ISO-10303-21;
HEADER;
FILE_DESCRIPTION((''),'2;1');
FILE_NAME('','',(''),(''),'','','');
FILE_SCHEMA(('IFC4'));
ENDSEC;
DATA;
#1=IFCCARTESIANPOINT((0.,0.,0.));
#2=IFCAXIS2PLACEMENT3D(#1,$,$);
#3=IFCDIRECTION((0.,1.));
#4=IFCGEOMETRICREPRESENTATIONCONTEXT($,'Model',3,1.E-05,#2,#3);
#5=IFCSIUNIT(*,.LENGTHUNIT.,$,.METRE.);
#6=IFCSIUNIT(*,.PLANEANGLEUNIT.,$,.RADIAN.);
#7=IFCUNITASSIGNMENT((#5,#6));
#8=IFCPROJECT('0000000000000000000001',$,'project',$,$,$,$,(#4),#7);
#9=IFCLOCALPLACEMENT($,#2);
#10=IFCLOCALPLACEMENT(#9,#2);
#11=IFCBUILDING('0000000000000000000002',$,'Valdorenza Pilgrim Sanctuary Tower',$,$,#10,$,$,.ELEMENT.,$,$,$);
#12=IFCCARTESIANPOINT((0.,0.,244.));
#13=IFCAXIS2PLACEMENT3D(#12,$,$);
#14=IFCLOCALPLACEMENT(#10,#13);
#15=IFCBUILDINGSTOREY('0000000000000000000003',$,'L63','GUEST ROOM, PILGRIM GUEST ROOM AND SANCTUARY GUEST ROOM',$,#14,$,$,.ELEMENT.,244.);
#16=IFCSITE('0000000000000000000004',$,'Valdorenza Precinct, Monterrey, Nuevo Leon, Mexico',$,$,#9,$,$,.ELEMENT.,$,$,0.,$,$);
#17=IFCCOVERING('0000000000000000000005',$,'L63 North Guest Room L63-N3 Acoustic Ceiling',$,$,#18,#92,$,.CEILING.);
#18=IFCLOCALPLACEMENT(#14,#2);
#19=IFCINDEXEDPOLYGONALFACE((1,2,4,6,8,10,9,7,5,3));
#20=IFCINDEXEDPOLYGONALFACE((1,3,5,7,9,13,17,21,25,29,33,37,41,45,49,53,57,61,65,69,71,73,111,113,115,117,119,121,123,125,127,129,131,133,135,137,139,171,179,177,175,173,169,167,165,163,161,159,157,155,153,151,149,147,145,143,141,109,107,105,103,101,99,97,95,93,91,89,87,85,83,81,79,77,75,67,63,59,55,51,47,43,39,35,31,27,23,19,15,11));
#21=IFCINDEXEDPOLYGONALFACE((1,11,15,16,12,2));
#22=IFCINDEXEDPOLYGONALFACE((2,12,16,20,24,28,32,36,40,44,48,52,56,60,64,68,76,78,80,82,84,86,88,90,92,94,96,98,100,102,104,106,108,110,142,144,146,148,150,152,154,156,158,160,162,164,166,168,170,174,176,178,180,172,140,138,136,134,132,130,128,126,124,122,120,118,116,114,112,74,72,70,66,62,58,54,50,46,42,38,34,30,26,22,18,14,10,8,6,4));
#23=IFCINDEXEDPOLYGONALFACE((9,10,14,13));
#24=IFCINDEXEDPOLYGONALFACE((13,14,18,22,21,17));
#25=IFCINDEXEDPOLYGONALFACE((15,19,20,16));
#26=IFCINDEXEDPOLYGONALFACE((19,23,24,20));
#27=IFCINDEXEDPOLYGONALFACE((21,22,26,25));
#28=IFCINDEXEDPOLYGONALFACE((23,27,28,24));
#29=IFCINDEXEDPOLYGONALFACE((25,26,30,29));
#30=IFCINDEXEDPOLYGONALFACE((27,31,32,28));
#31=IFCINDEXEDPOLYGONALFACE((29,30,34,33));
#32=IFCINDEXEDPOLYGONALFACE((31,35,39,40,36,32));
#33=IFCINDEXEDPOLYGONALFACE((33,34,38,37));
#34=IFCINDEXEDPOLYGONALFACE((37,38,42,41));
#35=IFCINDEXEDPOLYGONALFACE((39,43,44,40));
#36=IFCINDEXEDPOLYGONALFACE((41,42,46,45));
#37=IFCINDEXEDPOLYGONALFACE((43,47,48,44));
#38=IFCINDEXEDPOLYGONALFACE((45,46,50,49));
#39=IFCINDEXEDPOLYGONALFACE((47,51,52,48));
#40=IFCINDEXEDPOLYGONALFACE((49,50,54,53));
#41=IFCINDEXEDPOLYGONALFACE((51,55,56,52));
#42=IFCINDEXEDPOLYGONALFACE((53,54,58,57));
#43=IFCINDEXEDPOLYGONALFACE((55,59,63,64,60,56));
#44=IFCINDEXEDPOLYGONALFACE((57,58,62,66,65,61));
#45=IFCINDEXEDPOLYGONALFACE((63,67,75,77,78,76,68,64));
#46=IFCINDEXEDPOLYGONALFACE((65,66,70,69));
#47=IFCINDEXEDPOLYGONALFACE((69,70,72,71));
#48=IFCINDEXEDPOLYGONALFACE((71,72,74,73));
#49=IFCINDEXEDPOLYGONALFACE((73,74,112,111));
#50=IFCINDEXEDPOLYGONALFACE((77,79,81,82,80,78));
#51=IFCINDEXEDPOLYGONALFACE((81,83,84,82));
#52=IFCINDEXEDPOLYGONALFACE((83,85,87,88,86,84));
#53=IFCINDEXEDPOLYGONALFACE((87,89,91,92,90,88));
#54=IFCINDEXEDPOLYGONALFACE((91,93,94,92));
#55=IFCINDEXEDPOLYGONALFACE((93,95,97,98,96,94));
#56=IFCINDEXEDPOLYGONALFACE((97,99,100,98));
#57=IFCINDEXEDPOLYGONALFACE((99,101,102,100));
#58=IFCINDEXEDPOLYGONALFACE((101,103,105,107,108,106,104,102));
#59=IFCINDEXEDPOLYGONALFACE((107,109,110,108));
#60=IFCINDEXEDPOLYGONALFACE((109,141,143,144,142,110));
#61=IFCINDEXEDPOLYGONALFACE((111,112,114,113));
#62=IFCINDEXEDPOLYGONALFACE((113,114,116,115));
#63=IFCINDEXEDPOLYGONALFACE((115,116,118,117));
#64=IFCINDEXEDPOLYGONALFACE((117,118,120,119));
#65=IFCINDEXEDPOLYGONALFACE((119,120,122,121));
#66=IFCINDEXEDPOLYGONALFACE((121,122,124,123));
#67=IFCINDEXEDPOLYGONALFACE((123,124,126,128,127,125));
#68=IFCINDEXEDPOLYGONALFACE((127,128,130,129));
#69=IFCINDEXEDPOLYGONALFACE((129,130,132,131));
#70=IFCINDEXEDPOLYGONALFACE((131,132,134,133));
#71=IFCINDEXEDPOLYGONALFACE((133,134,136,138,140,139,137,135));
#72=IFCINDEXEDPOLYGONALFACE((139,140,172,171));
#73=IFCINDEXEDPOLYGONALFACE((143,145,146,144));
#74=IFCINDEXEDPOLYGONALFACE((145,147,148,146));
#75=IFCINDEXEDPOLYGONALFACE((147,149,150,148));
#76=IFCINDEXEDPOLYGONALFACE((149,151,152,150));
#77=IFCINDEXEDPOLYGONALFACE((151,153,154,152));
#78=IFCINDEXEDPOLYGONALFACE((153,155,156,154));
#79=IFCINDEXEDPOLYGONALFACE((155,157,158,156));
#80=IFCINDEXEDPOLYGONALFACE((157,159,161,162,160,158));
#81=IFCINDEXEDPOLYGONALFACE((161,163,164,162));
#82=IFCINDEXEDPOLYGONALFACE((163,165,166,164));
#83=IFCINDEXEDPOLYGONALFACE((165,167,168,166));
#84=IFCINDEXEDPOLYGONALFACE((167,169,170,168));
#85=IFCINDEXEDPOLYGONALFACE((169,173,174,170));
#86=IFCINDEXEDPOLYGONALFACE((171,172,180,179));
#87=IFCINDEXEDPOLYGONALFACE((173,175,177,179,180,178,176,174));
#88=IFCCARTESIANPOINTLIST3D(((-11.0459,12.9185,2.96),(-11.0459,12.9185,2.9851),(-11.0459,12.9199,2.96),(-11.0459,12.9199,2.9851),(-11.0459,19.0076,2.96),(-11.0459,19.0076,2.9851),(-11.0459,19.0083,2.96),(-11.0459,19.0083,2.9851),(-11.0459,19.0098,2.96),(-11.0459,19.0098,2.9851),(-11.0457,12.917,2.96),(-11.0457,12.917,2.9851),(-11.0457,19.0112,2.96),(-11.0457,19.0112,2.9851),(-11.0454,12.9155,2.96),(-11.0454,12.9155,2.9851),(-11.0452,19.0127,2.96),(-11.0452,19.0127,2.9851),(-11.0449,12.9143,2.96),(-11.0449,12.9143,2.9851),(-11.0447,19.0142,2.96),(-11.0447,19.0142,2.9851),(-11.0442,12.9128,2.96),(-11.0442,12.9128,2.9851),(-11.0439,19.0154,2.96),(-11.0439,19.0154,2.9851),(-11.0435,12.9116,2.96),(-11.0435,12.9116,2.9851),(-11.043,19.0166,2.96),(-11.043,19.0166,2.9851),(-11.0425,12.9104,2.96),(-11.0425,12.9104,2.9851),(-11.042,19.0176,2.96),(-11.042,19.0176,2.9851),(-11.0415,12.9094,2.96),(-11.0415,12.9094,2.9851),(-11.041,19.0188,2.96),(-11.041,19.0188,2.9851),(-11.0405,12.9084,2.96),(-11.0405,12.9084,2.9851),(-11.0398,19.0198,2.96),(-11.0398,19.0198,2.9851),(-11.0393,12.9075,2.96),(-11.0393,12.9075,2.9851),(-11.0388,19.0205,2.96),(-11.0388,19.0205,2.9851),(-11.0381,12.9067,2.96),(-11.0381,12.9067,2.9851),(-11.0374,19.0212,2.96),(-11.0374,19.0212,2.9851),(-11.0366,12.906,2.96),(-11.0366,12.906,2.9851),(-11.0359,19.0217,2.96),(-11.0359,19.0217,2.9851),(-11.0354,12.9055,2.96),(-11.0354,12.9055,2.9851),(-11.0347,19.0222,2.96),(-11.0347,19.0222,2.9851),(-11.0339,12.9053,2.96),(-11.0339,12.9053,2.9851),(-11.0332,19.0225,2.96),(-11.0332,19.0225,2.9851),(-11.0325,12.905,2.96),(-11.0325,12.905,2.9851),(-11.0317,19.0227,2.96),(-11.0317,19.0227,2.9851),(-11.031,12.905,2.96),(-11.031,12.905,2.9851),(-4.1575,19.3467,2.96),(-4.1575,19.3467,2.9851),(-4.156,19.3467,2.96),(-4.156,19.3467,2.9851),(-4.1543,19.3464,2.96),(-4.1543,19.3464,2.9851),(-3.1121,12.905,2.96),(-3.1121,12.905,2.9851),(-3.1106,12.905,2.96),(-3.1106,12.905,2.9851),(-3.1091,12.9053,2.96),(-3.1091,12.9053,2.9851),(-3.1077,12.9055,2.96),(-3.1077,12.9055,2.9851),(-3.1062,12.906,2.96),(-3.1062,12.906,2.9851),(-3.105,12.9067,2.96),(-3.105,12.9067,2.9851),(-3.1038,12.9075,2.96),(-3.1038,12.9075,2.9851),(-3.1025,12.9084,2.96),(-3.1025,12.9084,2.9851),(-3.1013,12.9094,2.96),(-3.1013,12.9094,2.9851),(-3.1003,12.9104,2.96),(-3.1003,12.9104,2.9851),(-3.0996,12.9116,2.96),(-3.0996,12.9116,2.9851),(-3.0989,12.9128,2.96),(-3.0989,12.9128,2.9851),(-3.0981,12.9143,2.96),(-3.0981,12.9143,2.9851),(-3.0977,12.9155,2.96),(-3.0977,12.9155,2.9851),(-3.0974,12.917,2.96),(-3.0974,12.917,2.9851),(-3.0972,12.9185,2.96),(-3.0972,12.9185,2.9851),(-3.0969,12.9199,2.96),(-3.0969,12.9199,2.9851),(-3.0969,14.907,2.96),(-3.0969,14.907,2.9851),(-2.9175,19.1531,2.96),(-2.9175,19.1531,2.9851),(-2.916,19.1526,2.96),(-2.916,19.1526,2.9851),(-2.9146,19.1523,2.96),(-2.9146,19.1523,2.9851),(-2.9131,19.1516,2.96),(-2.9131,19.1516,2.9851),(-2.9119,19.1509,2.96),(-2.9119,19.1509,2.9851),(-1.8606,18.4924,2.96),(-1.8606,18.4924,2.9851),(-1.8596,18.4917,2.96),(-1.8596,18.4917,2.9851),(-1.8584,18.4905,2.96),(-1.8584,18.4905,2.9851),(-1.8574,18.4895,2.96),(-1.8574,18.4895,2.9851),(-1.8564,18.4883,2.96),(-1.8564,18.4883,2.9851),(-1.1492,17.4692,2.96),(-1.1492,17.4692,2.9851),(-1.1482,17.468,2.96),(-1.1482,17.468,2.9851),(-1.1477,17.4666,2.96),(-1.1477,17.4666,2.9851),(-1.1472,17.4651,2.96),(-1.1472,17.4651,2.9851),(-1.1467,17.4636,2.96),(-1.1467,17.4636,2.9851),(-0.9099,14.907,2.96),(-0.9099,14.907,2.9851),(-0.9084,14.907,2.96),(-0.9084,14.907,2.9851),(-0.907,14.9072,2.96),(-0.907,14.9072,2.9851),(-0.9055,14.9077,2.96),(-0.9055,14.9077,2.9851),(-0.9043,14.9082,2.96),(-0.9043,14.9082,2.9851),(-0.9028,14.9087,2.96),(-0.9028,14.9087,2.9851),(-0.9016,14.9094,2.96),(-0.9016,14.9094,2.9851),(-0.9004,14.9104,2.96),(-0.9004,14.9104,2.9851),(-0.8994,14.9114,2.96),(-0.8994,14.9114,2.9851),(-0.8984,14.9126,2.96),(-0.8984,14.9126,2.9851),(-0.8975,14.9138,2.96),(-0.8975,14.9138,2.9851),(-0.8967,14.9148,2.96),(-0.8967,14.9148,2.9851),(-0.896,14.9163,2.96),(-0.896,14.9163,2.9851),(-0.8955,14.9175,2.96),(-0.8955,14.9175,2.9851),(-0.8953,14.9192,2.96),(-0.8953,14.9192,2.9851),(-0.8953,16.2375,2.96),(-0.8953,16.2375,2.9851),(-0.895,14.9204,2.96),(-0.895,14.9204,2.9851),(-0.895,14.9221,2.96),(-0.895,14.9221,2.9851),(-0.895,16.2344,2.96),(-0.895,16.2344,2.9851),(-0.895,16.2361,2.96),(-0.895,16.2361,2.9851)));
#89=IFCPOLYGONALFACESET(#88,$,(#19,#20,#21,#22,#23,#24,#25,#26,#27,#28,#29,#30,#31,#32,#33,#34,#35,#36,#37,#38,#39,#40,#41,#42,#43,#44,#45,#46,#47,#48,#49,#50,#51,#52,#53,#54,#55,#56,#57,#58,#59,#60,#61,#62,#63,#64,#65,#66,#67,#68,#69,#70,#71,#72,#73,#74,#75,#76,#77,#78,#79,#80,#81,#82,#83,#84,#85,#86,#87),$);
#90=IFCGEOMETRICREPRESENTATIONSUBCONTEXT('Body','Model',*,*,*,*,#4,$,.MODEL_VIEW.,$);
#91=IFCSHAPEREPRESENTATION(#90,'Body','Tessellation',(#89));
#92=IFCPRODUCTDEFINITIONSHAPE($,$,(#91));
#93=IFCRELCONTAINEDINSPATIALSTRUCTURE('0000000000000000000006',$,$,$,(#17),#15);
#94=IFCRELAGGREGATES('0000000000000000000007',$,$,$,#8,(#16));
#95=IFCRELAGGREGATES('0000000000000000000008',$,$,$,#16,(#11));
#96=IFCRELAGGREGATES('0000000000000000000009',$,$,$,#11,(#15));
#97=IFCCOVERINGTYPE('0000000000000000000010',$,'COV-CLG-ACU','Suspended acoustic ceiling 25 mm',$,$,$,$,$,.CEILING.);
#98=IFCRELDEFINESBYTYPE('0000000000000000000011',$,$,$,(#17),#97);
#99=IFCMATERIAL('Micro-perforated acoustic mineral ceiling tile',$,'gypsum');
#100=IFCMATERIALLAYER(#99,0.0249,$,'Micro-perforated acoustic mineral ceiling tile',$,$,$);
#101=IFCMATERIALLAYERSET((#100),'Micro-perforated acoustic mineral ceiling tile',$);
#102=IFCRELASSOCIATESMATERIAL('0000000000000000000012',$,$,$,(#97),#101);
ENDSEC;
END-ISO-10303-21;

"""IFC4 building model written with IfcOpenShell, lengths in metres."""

from ifc_helpers import new_model, si_unit, direction, frame, origin, place, context, subcontext, project, spatial, polyline, outline, extrude, material, layer, layer_set, type_object, element, save


model = new_model("IFC4")

# Units and contexts
model_context = context("Model", 3, precision=1e-05, world=origin(), true_north=direction((0.0, 1.0)))
body_context = subcontext(model_context, "Body", "Model", "MODEL_VIEW")
ifc_project = project(units=[si_unit("LENGTHUNIT", "METRE"), si_unit("PLANEANGLEUNIT", "RADIAN")], contexts=[model_context])

# Site, building, storey
site_placement = place(None, origin())
site = spatial("IfcSite", under=ifc_project, at=site_placement, Name="Valdorenza Precinct, Monterrey, Nuevo Leon, Mexico", CompositionType="ELEMENT", RefElevation=0.0)
building_placement = place(site_placement, origin())
building = spatial("IfcBuilding", under=site, at=building_placement, Name="Valdorenza Pilgrim Sanctuary Tower", CompositionType="ELEMENT")
storey_placement = place(building_placement, frame((0.0, 0.0, 244.0)))
storey = spatial("IfcBuildingStorey", under=building, at=storey_placement, Name="L63", Description="GUEST ROOM, PILGRIM GUEST ROOM AND SANCTUARY GUEST ROOM", CompositionType="ELEMENT", Elevation=244.0)

# Covering
ifc_material_1 = material(Name="Micro-perforated acoustic mineral ceiling tile", Category="gypsum")
ifc_layer_1 = layer(ifc_material_1, 0.0249, Name="Micro-perforated acoustic mineral ceiling tile")
ifc_layer_set_1 = layer_set([ifc_layer_1], Name="Micro-perforated acoustic mineral ceiling tile")
covering_type_1 = type_object("IfcCoveringType", Name="COV-CLG-ACU", Description="Suspended acoustic ceiling 25 mm", PredefinedType="CEILING", material=ifc_layer_set_1)
covering_1_placement = place(storey_placement, frame((0.0, 0.0, 2.96)))
element("IfcCovering", 1, at=covering_1_placement, inside=storey, type_object=covering_type_1, Name="L63 North Guest Room L63-N3 Acoustic Ceiling", PredefinedType="CEILING", context=body_context, shape_type="SweptSolid", body=[
    extrude(outline(polyline([(-11.0459, 19.0076), (-11.0459, 19.0083), (-11.0459, 19.0098), (-11.0457, 19.0112), (-11.0452, 19.0127), (-11.0447, 19.0142), (-11.0439, 19.0154), (-11.043, 19.0166), (-11.042, 19.0176), (-11.041, 19.0188), (-11.0398, 19.0198), (-11.0388, 19.0205), (-11.0374, 19.0212), (-11.0359, 19.0217), (-11.0347, 19.0222), (-11.0332, 19.0225), (-11.0317, 19.0227), (-4.1575, 19.3467), (-4.156, 19.3467), (-4.1543, 19.3464), (-2.9175, 19.1531), (-2.916, 19.1526), (-2.9146, 19.1523), (-2.9131, 19.1516), (-2.9119, 19.1509), (-1.8606, 18.4924), (-1.8596, 18.4917), (-1.8584, 18.4905), (-1.8574, 18.4895), (-1.8564, 18.4883), (-1.1492, 17.4692), (-1.1482, 17.468), (-1.1477, 17.4666), (-1.1472, 17.4651), (-1.1467, 17.4636), (-0.8953, 16.2375), (-0.895, 16.2361), (-0.895, 16.2344), (-0.895, 14.9221), (-0.895, 14.9204), (-0.8953, 14.9192), (-0.8955, 14.9175), (-0.896, 14.9163), (-0.8967, 14.9148), (-0.8975, 14.9138), (-0.8984, 14.9126), (-0.8994, 14.9114), (-0.9004, 14.9104), (-0.9016, 14.9094), (-0.9028, 14.9087), (-0.9043, 14.9082), (-0.9055, 14.9077), (-0.907, 14.9072), (-0.9084, 14.907), (-0.9099, 14.907), (-3.0969, 14.907), (-3.0969, 12.9199), (-3.0972, 12.9185), (-3.0974, 12.917), (-3.0977, 12.9155), (-3.0981, 12.9143), (-3.0989, 12.9128), (-3.0996, 12.9116), (-3.1003, 12.9104), (-3.1013, 12.9094), (-3.1025, 12.9084), (-3.1038, 12.9075), (-3.105, 12.9067), (-3.1062, 12.906), (-3.1077, 12.9055), (-3.1091, 12.9053), (-3.1106, 12.905), (-3.1121, 12.905), (-11.031, 12.905), (-11.0325, 12.905), (-11.0339, 12.9053), (-11.0354, 12.9055), (-11.0366, 12.906), (-11.0381, 12.9067), (-11.0393, 12.9075), (-11.0405, 12.9084), (-11.0415, 12.9094), (-11.0425, 12.9104), (-11.0435, 12.9116), (-11.0442, 12.9128), (-11.0449, 12.9143), (-11.0454, 12.9155), (-11.0457, 12.917), (-11.0459, 12.9185), (-11.0459, 12.9199), (-11.0459, 19.0076), (-11.0459, 19.0076)])), origin(), (0.0, 0.0, 1.0), 0.0251),
])

save(model, "model.ifc")
